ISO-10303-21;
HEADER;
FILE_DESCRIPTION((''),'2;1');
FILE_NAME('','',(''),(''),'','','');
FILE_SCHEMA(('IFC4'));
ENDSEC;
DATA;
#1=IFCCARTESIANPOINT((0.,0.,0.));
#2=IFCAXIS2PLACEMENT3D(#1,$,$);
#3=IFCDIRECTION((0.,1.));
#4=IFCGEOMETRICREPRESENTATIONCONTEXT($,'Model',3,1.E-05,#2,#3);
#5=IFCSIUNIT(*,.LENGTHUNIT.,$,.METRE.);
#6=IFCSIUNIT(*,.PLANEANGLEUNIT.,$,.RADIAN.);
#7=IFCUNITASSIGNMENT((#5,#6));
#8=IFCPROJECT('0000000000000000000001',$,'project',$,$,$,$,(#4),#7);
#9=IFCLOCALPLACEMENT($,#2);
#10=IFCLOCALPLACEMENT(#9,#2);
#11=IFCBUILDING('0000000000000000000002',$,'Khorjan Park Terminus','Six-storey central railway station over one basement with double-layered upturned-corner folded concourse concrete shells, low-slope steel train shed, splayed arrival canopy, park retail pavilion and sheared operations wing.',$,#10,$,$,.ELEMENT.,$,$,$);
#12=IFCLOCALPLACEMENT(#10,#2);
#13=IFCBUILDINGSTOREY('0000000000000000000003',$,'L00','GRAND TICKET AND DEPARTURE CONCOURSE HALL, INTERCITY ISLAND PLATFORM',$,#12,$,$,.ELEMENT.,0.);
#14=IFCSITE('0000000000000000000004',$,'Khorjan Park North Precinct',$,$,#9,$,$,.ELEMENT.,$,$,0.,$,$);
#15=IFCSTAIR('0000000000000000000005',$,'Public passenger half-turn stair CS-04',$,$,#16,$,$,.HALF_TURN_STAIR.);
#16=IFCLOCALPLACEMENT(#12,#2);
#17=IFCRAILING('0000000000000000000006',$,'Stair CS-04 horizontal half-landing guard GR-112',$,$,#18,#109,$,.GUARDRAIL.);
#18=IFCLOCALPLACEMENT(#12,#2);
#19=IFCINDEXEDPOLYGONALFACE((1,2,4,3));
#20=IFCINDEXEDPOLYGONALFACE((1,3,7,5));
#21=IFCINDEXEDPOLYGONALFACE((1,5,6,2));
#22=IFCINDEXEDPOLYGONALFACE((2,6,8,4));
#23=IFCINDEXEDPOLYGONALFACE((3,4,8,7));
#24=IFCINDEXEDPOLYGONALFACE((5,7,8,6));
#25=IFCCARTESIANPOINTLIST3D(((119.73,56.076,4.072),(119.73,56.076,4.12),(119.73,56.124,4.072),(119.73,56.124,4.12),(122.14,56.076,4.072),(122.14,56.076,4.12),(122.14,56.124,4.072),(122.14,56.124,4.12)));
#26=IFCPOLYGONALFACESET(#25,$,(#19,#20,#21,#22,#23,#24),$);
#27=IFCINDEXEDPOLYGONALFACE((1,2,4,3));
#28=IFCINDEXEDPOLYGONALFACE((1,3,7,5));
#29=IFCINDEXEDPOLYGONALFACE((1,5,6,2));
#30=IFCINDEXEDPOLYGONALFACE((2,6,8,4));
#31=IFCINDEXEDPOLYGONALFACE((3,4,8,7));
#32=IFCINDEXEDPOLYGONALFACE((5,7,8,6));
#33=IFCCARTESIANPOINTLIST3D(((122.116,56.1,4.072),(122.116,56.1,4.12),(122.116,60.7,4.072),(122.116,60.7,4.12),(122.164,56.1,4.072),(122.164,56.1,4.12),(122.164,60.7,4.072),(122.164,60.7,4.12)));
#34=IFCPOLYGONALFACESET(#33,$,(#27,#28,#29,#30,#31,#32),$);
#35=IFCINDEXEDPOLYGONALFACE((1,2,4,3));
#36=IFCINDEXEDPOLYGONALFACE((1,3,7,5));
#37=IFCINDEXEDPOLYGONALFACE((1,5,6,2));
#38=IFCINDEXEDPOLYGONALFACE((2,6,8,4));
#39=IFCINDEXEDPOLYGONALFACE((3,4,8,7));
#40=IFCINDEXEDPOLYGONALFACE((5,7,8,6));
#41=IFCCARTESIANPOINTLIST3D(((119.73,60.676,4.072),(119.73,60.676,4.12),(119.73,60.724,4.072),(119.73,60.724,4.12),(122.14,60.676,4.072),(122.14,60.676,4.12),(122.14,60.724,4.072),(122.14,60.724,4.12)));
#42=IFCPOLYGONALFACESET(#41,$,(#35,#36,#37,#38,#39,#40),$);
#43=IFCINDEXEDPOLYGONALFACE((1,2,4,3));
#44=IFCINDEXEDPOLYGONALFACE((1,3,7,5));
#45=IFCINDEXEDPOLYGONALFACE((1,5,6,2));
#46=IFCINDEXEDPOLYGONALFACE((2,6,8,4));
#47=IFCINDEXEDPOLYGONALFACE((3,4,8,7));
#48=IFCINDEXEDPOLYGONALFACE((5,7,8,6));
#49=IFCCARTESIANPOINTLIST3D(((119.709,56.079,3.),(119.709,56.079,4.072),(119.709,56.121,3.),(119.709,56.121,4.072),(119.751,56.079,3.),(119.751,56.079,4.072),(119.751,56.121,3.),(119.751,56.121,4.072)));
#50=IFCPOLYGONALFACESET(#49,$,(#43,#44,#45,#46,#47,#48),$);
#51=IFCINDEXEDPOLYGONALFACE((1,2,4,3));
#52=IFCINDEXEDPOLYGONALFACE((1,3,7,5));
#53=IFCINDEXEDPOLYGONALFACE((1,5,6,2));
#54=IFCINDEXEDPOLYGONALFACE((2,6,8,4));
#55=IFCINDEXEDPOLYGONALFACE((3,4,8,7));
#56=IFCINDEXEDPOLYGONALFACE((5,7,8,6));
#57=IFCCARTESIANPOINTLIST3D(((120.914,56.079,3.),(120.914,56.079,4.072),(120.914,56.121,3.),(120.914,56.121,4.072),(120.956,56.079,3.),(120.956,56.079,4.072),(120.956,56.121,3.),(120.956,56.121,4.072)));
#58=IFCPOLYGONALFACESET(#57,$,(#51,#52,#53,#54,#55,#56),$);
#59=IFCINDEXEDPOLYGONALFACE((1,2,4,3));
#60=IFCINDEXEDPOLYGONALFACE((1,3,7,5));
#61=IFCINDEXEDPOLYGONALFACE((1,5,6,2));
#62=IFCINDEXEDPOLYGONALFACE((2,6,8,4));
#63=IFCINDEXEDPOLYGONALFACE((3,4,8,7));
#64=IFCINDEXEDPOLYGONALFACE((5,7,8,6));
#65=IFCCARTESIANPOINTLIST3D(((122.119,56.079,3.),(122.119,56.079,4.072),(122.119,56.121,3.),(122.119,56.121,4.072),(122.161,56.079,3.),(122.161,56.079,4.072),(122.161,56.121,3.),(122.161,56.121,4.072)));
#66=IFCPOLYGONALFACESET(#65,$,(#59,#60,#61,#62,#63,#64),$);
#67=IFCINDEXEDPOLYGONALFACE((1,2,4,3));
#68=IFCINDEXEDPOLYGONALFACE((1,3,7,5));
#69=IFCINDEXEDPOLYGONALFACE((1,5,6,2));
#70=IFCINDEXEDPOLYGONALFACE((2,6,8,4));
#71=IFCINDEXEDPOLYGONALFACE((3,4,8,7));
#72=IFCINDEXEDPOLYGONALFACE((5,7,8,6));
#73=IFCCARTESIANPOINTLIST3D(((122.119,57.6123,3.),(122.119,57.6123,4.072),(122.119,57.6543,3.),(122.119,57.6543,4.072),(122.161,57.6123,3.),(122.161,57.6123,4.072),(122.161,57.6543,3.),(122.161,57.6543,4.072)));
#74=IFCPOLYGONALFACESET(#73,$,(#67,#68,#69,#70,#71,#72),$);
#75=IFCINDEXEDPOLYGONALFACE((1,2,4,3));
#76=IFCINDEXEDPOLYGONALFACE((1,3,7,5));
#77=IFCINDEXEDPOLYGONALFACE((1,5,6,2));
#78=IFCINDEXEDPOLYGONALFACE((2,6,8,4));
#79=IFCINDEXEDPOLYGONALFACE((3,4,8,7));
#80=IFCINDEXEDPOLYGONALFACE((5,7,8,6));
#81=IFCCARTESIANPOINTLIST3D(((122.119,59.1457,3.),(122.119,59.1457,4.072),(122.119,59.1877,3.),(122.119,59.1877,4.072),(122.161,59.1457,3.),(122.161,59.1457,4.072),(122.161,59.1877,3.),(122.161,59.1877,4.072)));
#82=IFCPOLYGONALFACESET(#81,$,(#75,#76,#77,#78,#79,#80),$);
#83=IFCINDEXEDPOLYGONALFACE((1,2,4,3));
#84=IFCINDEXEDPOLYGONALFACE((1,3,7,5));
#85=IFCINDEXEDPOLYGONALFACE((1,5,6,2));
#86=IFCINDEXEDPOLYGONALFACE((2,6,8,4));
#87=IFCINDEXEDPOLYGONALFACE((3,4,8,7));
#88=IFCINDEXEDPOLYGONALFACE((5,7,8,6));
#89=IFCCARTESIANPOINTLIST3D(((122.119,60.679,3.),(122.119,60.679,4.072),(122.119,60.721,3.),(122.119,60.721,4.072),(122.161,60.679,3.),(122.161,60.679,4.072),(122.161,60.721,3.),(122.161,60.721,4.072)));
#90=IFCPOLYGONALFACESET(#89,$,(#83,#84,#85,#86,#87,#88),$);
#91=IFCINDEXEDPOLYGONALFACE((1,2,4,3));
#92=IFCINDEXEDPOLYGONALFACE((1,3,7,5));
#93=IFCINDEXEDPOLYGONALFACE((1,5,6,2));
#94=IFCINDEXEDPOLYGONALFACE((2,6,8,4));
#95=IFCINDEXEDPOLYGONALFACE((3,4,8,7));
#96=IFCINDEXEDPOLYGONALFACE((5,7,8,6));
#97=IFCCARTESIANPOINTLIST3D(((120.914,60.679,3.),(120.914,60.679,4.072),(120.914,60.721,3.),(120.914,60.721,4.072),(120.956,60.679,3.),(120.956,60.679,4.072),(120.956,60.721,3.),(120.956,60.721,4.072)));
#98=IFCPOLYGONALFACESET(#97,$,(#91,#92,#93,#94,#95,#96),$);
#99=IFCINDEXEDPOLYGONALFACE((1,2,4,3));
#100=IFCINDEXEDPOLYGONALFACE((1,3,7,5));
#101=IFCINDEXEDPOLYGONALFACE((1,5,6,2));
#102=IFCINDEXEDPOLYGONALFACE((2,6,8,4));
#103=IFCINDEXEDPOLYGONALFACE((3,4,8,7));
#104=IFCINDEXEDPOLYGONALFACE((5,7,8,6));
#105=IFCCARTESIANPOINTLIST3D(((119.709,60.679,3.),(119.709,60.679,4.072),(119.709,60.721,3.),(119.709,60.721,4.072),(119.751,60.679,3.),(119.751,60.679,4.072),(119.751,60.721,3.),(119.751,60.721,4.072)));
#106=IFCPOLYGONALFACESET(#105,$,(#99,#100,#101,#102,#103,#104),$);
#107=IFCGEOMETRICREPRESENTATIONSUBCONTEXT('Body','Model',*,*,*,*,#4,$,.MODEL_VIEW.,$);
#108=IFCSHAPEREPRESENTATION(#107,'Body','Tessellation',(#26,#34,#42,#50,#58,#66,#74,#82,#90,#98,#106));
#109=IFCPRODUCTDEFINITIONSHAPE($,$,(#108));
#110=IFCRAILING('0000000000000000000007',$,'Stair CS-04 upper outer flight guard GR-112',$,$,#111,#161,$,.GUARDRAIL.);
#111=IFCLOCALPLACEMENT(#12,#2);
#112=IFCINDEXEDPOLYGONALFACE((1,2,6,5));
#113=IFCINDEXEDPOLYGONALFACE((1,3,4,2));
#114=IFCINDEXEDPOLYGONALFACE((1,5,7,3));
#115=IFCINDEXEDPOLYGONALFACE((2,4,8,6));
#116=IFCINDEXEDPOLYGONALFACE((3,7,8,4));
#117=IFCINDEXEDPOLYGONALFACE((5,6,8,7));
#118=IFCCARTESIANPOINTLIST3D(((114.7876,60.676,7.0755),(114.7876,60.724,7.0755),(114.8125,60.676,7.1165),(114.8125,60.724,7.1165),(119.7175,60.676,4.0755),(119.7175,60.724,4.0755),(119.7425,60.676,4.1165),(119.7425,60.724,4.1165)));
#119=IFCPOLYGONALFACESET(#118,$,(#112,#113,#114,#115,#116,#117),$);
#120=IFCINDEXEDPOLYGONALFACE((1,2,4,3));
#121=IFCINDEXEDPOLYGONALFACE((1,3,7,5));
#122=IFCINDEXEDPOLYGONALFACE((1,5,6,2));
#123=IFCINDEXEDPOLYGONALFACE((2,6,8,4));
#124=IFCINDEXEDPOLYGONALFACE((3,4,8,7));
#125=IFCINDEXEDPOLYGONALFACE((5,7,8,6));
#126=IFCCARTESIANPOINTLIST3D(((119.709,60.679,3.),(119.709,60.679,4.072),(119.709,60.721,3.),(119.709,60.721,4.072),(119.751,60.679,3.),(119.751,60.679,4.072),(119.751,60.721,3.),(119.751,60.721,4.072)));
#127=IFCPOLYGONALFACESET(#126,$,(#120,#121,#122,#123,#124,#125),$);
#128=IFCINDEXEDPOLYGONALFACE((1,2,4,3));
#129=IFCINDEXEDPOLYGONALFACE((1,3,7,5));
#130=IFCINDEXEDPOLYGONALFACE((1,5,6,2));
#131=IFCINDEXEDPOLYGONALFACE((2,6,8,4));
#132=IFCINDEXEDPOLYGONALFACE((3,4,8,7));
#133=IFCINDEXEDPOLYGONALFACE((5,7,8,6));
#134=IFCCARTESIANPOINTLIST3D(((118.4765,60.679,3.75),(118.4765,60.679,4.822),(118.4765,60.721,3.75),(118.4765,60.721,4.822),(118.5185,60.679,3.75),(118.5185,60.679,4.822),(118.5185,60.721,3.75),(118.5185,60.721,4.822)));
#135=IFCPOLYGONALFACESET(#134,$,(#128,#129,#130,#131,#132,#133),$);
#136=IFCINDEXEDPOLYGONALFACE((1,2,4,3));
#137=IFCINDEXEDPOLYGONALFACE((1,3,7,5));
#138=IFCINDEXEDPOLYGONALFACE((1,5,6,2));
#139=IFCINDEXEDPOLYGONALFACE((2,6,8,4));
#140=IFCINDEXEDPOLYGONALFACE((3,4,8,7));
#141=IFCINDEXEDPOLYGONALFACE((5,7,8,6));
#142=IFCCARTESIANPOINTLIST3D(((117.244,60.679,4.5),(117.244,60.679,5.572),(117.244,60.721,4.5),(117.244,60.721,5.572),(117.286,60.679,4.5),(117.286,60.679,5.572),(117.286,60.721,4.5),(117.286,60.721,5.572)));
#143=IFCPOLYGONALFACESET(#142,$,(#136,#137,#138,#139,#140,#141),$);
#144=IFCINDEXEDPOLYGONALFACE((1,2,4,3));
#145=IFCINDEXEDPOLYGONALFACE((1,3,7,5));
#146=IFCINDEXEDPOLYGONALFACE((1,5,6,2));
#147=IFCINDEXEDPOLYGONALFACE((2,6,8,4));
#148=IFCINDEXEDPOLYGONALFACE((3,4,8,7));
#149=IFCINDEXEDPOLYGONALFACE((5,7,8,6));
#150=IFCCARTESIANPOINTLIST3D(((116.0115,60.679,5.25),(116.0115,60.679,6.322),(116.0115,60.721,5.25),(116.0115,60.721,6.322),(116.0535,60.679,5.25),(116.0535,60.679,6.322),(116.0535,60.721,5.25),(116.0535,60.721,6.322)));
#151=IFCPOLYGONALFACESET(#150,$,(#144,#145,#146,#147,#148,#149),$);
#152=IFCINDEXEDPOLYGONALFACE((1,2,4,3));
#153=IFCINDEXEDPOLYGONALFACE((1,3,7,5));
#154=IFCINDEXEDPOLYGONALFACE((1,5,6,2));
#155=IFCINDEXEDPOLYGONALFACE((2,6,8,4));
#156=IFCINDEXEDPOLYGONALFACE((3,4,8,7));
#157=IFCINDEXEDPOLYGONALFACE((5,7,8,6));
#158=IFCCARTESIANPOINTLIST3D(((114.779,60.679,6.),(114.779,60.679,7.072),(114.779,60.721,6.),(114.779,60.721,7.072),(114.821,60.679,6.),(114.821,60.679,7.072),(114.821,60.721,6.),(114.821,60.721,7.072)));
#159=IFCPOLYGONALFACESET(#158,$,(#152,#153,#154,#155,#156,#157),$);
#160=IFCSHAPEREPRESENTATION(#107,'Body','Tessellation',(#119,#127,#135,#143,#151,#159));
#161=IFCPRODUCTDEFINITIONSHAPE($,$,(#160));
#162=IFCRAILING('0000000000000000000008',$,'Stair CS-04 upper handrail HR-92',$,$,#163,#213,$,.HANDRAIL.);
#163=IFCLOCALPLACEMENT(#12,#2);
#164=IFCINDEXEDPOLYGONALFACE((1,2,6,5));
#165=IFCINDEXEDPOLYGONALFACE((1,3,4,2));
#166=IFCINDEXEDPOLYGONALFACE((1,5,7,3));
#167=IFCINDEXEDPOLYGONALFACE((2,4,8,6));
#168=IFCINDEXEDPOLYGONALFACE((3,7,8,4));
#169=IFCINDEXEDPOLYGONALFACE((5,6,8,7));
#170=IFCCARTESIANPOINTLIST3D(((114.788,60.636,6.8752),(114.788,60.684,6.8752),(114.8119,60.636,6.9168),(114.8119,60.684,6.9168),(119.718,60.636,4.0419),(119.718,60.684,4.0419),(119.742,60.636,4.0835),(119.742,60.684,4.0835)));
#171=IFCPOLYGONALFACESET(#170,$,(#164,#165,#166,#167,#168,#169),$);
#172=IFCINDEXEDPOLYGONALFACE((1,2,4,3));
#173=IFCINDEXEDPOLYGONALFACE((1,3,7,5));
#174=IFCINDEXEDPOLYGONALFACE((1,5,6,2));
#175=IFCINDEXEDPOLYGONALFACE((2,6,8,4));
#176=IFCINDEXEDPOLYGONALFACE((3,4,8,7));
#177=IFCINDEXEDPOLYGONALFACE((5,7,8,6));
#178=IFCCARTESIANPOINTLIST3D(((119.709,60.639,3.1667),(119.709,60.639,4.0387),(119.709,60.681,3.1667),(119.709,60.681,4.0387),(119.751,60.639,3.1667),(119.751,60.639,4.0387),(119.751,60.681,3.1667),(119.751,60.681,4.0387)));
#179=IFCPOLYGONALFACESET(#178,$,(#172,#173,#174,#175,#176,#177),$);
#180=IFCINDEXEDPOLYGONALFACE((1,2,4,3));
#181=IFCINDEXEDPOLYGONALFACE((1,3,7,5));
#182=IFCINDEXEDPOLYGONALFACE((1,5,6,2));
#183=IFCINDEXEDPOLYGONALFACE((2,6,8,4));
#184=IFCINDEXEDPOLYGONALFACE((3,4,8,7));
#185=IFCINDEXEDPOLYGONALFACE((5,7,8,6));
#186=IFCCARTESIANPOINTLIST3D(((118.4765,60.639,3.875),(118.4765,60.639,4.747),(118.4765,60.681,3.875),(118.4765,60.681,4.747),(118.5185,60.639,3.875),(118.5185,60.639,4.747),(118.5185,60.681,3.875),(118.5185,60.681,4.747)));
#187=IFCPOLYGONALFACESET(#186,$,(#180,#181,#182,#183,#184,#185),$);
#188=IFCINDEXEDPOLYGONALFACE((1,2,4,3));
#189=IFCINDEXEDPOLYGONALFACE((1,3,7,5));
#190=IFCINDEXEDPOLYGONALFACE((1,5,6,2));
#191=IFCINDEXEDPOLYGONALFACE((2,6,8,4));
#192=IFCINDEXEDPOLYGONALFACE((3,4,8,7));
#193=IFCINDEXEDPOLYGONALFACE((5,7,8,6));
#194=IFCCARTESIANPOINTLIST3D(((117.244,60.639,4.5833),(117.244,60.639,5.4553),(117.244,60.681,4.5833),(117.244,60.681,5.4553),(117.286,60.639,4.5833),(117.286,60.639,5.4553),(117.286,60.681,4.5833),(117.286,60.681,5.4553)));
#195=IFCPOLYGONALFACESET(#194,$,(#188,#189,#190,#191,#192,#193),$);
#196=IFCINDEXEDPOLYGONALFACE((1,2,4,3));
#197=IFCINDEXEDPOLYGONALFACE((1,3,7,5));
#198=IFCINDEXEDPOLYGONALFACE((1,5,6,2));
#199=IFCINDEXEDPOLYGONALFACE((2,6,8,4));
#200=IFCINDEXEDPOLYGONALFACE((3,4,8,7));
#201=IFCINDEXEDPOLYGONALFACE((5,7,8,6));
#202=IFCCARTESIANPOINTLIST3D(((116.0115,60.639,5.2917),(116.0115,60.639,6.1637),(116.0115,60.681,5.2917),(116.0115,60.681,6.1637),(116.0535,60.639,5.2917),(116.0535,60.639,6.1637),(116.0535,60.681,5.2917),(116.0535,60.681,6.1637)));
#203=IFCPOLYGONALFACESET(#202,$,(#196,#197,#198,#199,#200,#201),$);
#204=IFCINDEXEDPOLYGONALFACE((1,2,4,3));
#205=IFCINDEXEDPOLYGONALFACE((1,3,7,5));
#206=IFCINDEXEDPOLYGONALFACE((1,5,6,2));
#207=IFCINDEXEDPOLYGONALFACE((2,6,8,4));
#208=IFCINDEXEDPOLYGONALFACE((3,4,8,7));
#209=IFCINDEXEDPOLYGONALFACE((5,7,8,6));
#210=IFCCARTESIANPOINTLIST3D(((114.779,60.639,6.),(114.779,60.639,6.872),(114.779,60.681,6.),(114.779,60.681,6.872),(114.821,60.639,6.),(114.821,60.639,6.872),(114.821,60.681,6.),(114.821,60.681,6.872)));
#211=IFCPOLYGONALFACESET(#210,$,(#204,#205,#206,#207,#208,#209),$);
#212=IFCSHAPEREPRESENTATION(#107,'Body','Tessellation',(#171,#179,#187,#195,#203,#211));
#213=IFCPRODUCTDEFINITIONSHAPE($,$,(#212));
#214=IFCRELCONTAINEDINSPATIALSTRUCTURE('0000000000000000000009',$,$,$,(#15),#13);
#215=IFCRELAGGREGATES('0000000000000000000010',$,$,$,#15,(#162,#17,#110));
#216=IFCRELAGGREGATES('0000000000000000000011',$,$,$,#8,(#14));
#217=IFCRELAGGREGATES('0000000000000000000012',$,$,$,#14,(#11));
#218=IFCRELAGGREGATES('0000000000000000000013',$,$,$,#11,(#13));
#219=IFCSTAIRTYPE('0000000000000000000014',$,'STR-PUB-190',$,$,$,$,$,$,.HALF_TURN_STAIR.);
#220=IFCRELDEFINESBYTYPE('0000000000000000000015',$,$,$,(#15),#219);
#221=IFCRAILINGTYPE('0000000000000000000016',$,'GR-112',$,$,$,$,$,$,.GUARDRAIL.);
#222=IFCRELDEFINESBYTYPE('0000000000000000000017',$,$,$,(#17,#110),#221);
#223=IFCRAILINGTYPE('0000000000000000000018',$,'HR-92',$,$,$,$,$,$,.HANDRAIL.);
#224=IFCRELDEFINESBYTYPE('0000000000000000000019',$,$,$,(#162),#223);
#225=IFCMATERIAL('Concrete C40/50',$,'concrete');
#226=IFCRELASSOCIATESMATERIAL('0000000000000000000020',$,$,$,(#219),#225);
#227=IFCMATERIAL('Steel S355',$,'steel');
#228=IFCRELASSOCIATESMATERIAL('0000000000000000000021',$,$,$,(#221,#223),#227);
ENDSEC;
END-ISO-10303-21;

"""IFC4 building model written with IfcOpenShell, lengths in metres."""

from ifc_helpers import new_model, si_unit, direction, frame, origin, origin_2d, place, context, subcontext, project, spatial, rectangle, extrude, material, type_object, element, aggregate, save


model = new_model("IFC4")

# Units and contexts
model_context = context("Model", 3, precision=1e-05, world=origin(), true_north=direction((0.0, 1.0)))
body_context = subcontext(model_context, "Body", "Model", "MODEL_VIEW")
ifc_project = project(units=[si_unit("LENGTHUNIT", "METRE"), si_unit("PLANEANGLEUNIT", "RADIAN")], contexts=[model_context])

# Site, building, storey
site_placement = place(None, origin())
site = spatial("IfcSite", under=ifc_project, at=site_placement, Name="Khorjan Park North Precinct", CompositionType="ELEMENT", RefElevation=0.0)
building_placement = place(site_placement, origin())
building = spatial("IfcBuilding", under=site, at=building_placement, Name="Khorjan Park Terminus", Description="Six-storey central railway station over one basement with double-layered upturned-corner folded concourse concrete shells, low-slope steel train shed, splayed arrival canopy, park retail pavilion and sheared operations wing.", CompositionType="ELEMENT")
storey_placement = place(building_placement, origin())
storey = spatial("IfcBuildingStorey", under=building, at=storey_placement, Name="L00", Description="GRAND TICKET AND DEPARTURE CONCOURSE HALL, INTERCITY ISLAND PLATFORM", CompositionType="ELEMENT", Elevation=0.0)

# Shared definitions
ifc_material_1 = material(Name="Steel S355", Category="steel")

# Shared definitions
ifc_material_2 = material(Name="Concrete C40/50", Category="concrete")

# Stair, railings
stair_type = type_object("IfcStairType", Name="STR-PUB-190", PredefinedType="HALF_TURN_STAIR", material=ifc_material_2)
stair_placement = place(storey_placement, origin())
stair = element("IfcStair", 1, at=stair_placement, inside=storey, type_object=stair_type, Name="Public passenger half-turn stair CS-04", PredefinedType="HALF_TURN_STAIR")
railing_type_1 = type_object("IfcRailingType", Name="GR-112", PredefinedType="GUARDRAIL", material=ifc_material_1)
railing_1_placement = place(storey_placement, frame((119.73, 56.1, 3.0)))
railing_1 = element("IfcRailing", 2, at=railing_1_placement, type_object=railing_type_1, Name="Stair CS-04 horizontal half-landing guard GR-112", PredefinedType="GUARDRAIL", context=body_context, shape_type="SweptSolid", body=[
    extrude(rectangle(XDim=0.048, YDim=0.048, at=origin_2d()), frame((0.0, 0.0, 1.096), z_axis=(1.0, 0.0, 0.0), x_axis=(0.0, 1.0, 0.0)), (0.0, 0.0, 1.0), 2.41),
    extrude(rectangle(XDim=0.048, YDim=0.048, at=origin_2d()), frame((2.41, 0.0, 1.096), z_axis=(0.0, 1.0, 0.0), x_axis=(-1.0, 0.0, 0.0)), (0.0, 0.0, 1.0), 4.6),
    extrude(rectangle(XDim=0.048, YDim=0.048, at=origin_2d()), frame((2.41, 4.6, 1.096), z_axis=(-1.0, 0.0, 0.0), x_axis=(0.0, -1.0, 0.0)), (0.0, 0.0, 1.0), 2.41),
    extrude(rectangle(XDim=0.042, YDim=0.042, at=origin_2d()), origin(), (0.0, 0.0, 1.0), 1.072),
    extrude(rectangle(XDim=0.042, YDim=0.042, at=origin_2d()), frame((1.205, 0.0, 0.0)), (0.0, 0.0, 1.0), 1.072),
    extrude(rectangle(XDim=0.042, YDim=0.042, at=origin_2d()), frame((2.41, 0.0, 0.0)), (0.0, 0.0, 1.0), 1.072),
    extrude(rectangle(XDim=0.042, YDim=0.042, at=origin_2d()), frame((2.41, 1.5333, 0.0)), (0.0, 0.0, 1.0), 1.072),
    extrude(rectangle(XDim=0.042, YDim=0.042, at=origin_2d()), frame((2.41, 3.0667, 0.0)), (0.0, 0.0, 1.0), 1.072),
    extrude(rectangle(XDim=0.042, YDim=0.042, at=origin_2d()), frame((2.41, 4.6, 0.0)), (0.0, 0.0, 1.0), 1.072),
    extrude(rectangle(XDim=0.042, YDim=0.042, at=origin_2d()), frame((1.205, 4.6, 0.0)), (0.0, 0.0, 1.0), 1.072),
    extrude(rectangle(XDim=0.042, YDim=0.042, at=origin_2d()), frame((0.0, 4.6, 0.0)), (0.0, 0.0, 1.0), 1.072),
])
railing_2_placement = place(storey_placement, frame((119.73, 60.7, 3.0)))
railing_2 = element("IfcRailing", 3, at=railing_2_placement, type_object=railing_type_1, Name="Stair CS-04 upper outer flight guard GR-112", PredefinedType="GUARDRAIL", context=body_context, shape_type="SweptSolid", body=[
    extrude(rectangle(XDim=0.048, YDim=0.048, at=origin_2d()), frame((0.0, 0.0, 1.096), z_axis=(-0.854265, 0.0, 0.519837), x_axis=(0.0, -1.0, 0.0)), (0.0, 0.0, 1.0), 5.771),
    extrude(rectangle(XDim=0.042, YDim=0.042, at=origin_2d()), origin(), (0.0, 0.0, 1.0), 1.072),
    extrude(rectangle(XDim=0.042, YDim=0.042, at=origin_2d()), frame((-1.2325, 0.0, 0.75)), (0.0, 0.0, 1.0), 1.072),
    extrude(rectangle(XDim=0.042, YDim=0.042, at=origin_2d()), frame((-2.465, 0.0, 1.5)), (0.0, 0.0, 1.0), 1.072),
    extrude(rectangle(XDim=0.042, YDim=0.042, at=origin_2d()), frame((-3.6975, 0.0, 2.25)), (0.0, 0.0, 1.0), 1.072),
    extrude(rectangle(XDim=0.042, YDim=0.042, at=origin_2d()), frame((-4.93, 0.0, 3.0)), (0.0, 0.0, 1.0), 1.072),
])
railing_type_2 = type_object("IfcRailingType", Name="HR-92", PredefinedType="HANDRAIL", material=ifc_material_1)
railing_3_placement = place(storey_placement, frame((119.73, 60.66, 3.1667)))
railing_3 = element("IfcRailing", 4, at=railing_3_placement, type_object=railing_type_2, Name="Stair CS-04 upper handrail HR-92", PredefinedType="HANDRAIL", context=body_context, shape_type="SweptSolid", body=[
    extrude(rectangle(XDim=0.048, YDim=0.048, at=origin_2d()), frame((0.0, 0.0, 0.896), z_axis=(-0.867016, 0.0, 0.498279), x_axis=(0.0, -1.0, 0.0)), (0.0, 0.0, 1.0), 5.6862),
    extrude(rectangle(XDim=0.042, YDim=0.042, at=origin_2d()), origin(), (0.0, 0.0, 1.0), 0.872),
    extrude(rectangle(XDim=0.042, YDim=0.042, at=origin_2d()), frame((-1.2325, 0.0, 0.7083)), (0.0, 0.0, 1.0), 0.872),
    extrude(rectangle(XDim=0.042, YDim=0.042, at=origin_2d()), frame((-2.465, 0.0, 1.4166)), (0.0, 0.0, 1.0), 0.872),
    extrude(rectangle(XDim=0.042, YDim=0.042, at=origin_2d()), frame((-3.6975, 0.0, 2.125)), (0.0, 0.0, 1.0), 0.872),
    extrude(rectangle(XDim=0.042, YDim=0.042, at=origin_2d()), frame((-4.93, 0.0, 2.8333)), (0.0, 0.0, 1.0), 0.872),
])
aggregate(stair, [railing_3, railing_1, railing_2])

save(model, "model.ifc")
